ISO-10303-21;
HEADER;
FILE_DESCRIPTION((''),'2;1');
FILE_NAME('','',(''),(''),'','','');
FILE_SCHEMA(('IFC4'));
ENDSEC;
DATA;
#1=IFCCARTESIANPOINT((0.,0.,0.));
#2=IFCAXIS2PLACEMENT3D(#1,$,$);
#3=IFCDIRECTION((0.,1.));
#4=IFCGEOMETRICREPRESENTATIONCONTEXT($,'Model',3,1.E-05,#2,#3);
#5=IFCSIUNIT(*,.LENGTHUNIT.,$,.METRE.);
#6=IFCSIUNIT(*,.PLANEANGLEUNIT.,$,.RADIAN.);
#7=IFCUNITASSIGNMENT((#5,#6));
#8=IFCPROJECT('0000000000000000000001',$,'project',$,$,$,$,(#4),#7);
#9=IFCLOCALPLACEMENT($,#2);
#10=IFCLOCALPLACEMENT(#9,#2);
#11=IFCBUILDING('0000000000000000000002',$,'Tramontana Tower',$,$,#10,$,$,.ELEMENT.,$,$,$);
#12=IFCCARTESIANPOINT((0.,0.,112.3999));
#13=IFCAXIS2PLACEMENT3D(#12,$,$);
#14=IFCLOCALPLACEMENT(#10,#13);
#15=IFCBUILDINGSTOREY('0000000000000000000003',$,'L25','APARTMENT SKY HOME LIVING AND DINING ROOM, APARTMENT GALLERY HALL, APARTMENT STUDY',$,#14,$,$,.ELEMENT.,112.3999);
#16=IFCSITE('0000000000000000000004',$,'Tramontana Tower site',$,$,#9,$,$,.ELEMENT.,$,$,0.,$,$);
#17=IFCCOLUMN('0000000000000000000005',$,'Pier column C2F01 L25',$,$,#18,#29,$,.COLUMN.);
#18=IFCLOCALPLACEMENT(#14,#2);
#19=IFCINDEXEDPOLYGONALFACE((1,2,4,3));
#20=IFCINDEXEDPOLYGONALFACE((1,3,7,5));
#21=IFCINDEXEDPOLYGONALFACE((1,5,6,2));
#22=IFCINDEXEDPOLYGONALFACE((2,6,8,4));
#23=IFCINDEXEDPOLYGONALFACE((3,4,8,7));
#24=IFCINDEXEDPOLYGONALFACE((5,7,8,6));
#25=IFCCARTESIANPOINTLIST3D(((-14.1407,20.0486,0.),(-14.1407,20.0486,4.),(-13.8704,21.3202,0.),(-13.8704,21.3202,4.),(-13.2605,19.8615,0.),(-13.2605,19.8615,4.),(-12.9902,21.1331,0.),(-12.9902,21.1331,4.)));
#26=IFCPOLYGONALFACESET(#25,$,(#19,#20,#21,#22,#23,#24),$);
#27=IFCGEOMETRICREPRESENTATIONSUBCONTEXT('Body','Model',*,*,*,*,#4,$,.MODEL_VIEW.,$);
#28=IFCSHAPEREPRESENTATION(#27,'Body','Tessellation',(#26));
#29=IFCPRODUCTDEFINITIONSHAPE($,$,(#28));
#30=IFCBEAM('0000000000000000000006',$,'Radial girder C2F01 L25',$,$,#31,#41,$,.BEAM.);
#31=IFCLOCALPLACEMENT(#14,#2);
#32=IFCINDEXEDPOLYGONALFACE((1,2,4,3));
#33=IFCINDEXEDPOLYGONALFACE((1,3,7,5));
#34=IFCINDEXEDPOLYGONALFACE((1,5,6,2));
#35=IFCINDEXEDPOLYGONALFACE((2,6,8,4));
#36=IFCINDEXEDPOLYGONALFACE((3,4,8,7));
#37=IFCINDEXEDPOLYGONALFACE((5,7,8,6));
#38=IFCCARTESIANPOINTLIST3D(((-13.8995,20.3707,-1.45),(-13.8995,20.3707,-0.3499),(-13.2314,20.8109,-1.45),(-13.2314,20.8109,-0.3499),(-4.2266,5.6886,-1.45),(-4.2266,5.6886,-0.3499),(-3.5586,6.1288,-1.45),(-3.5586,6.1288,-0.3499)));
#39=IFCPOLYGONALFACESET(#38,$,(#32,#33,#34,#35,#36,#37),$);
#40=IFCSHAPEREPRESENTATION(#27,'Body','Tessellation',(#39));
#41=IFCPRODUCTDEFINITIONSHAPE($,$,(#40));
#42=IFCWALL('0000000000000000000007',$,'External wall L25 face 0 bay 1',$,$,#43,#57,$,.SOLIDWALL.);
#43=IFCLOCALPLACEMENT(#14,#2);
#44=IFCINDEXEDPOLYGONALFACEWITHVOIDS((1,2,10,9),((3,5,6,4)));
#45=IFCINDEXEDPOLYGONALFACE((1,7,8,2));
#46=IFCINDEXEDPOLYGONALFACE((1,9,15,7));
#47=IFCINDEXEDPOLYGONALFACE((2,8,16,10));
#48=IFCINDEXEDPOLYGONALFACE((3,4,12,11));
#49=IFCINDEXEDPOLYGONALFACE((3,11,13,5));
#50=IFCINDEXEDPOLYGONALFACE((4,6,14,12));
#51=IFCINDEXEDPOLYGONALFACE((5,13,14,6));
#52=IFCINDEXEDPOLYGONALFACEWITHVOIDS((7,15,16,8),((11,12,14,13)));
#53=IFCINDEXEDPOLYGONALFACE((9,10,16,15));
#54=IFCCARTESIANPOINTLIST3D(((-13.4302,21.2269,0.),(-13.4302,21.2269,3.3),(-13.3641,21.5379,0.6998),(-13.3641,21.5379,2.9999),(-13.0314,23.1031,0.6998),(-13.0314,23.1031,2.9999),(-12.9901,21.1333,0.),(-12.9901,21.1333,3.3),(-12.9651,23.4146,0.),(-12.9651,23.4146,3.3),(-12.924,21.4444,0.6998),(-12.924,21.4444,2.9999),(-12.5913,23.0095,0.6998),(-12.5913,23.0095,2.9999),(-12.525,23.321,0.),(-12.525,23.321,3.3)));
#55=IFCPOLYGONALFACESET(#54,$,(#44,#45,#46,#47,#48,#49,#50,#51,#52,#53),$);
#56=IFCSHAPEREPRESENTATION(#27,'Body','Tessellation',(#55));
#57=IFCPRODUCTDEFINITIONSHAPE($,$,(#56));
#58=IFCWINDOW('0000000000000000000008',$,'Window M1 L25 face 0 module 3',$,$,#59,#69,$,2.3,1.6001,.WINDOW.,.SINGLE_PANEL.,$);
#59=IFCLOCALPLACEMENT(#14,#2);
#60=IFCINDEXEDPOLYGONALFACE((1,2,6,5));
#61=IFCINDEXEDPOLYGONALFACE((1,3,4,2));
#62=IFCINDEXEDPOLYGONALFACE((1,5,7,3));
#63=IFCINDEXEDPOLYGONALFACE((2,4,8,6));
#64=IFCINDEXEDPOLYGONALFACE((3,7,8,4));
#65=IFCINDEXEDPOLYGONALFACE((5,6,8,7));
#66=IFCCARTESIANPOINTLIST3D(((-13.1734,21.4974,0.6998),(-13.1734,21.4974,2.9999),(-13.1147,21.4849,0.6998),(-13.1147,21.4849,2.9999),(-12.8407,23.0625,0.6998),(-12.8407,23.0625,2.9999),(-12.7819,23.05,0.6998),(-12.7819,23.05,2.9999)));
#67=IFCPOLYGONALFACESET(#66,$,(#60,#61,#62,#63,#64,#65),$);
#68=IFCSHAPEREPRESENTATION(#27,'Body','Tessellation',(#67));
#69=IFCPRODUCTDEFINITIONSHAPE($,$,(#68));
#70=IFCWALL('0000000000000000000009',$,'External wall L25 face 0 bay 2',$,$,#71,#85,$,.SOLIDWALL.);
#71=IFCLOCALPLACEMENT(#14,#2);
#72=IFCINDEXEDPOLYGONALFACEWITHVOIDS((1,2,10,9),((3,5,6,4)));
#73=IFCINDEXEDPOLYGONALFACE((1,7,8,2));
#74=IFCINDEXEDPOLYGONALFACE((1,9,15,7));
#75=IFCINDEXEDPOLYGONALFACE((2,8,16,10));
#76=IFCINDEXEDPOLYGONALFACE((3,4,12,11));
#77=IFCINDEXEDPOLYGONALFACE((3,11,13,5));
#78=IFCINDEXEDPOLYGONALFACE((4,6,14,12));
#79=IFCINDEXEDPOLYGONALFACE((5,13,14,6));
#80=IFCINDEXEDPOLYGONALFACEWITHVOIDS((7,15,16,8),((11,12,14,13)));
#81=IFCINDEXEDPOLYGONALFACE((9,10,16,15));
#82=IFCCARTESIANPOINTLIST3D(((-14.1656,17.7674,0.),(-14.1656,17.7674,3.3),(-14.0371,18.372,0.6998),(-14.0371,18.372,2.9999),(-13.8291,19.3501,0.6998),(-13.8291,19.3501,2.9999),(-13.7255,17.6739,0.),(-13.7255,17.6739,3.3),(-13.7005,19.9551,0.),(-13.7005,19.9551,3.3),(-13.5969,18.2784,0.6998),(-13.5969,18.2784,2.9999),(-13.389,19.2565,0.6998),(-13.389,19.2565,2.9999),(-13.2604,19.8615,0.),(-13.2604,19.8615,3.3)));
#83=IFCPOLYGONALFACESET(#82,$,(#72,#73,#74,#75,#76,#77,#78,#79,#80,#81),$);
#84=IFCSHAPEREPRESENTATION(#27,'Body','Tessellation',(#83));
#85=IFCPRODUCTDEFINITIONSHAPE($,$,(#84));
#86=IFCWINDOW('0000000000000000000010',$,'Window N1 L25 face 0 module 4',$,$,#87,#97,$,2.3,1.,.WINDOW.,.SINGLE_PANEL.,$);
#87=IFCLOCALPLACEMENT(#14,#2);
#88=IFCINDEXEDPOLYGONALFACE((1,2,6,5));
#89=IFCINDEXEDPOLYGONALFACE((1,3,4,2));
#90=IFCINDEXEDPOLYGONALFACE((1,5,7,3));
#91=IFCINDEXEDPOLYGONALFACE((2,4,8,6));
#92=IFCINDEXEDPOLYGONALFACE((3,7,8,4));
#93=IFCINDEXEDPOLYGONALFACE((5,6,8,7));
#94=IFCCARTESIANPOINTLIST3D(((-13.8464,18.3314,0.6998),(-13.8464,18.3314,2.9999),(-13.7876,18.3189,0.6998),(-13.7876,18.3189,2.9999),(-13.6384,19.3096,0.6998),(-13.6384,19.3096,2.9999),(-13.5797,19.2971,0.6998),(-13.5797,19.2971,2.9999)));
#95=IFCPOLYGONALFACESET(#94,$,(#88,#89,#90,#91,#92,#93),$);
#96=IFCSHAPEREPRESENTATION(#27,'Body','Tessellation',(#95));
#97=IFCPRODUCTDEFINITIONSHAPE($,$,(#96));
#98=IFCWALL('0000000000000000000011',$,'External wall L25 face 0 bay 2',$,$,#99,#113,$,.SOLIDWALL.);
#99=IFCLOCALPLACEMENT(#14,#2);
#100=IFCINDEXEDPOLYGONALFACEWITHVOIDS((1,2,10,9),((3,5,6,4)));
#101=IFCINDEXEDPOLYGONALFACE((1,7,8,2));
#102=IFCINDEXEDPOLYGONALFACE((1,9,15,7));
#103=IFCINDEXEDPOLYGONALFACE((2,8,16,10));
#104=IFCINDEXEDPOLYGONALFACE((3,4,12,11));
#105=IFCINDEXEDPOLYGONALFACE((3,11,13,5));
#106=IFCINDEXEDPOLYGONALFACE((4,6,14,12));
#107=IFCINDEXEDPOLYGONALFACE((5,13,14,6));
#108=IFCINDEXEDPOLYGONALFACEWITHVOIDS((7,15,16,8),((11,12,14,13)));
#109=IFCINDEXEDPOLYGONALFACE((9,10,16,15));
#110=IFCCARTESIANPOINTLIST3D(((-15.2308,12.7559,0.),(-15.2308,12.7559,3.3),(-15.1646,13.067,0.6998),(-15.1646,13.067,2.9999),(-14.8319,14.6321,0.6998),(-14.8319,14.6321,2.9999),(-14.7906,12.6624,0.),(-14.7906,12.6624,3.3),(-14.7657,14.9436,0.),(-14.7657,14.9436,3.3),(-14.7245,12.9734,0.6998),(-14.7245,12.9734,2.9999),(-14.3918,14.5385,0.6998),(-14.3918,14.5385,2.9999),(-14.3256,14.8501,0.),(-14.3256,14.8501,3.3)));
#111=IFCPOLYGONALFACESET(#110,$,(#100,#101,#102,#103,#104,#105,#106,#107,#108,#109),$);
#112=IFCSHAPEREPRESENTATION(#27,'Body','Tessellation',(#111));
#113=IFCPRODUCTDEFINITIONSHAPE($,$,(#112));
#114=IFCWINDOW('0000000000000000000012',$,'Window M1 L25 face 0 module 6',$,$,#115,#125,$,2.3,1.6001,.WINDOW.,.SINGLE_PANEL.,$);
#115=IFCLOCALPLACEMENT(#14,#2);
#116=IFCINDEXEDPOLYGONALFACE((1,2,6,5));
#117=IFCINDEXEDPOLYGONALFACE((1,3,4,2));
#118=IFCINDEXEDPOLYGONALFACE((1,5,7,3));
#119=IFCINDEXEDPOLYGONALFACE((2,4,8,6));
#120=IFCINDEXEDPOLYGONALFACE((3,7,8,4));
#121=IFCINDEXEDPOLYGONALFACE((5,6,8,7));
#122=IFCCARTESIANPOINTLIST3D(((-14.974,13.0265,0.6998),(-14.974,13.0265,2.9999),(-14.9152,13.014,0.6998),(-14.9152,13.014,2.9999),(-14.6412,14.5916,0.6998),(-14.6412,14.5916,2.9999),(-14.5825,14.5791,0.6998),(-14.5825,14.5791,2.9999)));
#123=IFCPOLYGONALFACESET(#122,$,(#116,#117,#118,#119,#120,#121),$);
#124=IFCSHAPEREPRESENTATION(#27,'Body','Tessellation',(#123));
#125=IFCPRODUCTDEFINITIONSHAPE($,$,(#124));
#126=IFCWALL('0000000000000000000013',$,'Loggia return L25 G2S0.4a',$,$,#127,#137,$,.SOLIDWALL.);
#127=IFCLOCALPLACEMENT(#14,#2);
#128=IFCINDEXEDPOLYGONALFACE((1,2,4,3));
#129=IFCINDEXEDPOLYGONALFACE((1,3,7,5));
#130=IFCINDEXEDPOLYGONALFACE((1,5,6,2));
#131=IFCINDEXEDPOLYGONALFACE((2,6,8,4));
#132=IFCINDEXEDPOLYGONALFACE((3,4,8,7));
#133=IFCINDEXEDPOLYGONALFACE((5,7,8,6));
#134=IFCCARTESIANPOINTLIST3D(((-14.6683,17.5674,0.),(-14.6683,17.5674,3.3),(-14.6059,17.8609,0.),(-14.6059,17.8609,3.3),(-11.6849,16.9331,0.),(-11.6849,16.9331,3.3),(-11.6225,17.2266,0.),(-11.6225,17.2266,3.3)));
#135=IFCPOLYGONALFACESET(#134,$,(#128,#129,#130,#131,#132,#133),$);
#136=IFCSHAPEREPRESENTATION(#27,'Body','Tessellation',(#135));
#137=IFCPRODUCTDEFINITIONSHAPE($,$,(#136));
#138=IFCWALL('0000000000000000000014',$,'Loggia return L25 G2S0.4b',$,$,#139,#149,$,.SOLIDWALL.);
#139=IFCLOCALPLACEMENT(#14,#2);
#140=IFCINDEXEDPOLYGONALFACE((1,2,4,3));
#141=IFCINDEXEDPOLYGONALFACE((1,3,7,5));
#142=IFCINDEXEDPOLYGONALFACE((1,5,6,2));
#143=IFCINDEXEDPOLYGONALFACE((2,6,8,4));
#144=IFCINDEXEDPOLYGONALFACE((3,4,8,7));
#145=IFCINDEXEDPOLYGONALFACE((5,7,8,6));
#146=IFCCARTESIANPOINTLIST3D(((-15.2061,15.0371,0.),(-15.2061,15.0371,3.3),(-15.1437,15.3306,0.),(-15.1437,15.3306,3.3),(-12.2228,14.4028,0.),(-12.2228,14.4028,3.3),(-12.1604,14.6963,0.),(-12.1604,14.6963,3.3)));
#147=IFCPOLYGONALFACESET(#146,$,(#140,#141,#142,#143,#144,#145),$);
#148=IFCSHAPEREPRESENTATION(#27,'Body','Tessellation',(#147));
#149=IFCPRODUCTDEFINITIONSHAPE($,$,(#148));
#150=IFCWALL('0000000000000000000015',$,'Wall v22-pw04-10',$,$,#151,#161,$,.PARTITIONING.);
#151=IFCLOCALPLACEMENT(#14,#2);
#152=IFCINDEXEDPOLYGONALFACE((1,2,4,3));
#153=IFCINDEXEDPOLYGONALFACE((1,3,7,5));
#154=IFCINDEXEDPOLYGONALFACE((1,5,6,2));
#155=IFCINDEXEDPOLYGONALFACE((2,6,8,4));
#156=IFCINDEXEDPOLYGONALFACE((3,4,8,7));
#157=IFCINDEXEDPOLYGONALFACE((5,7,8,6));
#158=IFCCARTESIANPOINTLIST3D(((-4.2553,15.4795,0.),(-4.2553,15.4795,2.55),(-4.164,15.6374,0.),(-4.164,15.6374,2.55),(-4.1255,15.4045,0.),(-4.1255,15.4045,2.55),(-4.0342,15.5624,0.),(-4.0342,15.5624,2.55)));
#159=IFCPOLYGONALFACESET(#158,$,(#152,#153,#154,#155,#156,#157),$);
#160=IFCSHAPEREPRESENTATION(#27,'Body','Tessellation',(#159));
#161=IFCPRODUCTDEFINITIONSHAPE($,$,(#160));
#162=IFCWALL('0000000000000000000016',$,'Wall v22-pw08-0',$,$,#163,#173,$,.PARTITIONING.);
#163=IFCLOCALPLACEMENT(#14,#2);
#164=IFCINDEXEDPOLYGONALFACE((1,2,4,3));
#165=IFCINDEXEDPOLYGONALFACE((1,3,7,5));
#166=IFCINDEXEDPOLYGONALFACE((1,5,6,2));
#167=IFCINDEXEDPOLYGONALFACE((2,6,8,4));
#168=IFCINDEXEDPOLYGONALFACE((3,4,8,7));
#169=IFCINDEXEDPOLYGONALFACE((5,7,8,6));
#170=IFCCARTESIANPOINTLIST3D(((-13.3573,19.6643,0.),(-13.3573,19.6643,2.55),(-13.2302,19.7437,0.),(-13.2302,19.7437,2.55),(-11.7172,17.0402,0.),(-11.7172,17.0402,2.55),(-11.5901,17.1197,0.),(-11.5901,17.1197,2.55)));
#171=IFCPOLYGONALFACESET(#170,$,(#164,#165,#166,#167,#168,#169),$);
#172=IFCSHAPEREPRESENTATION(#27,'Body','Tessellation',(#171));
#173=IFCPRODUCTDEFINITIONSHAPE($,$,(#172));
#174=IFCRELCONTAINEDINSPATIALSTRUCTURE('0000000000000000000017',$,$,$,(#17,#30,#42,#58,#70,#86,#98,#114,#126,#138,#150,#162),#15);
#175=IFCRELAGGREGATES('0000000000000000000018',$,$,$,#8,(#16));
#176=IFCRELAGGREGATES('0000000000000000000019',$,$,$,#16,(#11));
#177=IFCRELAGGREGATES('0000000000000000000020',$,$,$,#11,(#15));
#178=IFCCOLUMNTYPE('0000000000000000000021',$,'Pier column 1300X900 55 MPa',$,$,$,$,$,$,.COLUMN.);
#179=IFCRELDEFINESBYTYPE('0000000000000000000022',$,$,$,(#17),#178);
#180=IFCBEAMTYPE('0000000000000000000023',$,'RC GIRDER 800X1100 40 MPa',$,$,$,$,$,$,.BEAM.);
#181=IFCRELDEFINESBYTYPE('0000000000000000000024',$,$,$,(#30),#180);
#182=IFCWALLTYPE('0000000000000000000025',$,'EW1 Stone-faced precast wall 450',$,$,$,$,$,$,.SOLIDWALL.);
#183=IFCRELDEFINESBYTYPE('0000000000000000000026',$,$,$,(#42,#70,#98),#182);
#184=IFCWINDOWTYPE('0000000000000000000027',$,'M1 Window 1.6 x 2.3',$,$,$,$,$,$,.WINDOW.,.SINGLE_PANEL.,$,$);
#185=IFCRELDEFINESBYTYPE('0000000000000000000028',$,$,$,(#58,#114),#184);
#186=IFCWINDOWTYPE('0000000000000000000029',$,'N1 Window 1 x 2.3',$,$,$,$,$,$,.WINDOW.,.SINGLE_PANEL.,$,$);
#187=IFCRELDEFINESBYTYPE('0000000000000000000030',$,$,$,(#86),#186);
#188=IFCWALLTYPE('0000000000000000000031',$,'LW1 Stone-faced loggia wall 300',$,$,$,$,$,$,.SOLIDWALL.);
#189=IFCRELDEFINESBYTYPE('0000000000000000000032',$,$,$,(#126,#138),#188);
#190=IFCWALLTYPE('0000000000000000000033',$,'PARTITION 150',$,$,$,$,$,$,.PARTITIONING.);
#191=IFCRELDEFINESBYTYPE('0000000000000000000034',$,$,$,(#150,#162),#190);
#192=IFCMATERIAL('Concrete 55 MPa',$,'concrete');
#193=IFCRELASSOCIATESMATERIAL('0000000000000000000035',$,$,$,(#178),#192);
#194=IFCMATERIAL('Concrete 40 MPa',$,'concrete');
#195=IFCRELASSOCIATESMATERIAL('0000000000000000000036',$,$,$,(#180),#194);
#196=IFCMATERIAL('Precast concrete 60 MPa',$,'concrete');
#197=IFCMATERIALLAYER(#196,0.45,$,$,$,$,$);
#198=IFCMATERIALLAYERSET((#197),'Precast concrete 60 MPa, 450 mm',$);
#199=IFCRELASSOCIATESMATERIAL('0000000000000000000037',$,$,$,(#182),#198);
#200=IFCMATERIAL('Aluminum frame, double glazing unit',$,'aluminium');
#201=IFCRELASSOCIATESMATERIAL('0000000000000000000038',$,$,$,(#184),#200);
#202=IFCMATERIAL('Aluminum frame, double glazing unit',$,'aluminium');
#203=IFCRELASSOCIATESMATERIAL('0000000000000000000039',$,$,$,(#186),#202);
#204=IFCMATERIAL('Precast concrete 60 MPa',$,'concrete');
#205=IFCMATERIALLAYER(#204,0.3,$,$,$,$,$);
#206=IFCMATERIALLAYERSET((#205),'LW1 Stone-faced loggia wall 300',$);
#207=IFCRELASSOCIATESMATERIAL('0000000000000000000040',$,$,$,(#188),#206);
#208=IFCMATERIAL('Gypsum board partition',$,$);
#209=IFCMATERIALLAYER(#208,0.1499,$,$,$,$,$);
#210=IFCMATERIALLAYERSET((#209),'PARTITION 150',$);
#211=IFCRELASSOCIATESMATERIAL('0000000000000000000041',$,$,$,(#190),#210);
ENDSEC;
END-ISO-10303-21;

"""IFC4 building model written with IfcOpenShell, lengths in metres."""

from ifc_helpers import new_model, si_unit, direction, frame, frame_2d, origin, origin_2d, place, context, subcontext, project, spatial, rectangle, extrude, material, layer, layer_set, material_profile, profile_set, type_object, element, fill, save


model = new_model("IFC4")

# Units and contexts
model_context = context("Model", 3, precision=1e-05, world=origin(), true_north=direction((0.0, 1.0)))
body_context = subcontext(model_context, "Body", "Model", "MODEL_VIEW")
ifc_project = project(units=[si_unit("LENGTHUNIT", "METRE"), si_unit("PLANEANGLEUNIT", "RADIAN")], contexts=[model_context])

# Site, building, storey
site_placement = place(None, origin())
site = spatial("IfcSite", under=ifc_project, at=site_placement, Name="Tramontana Tower site", CompositionType="ELEMENT", RefElevation=0.0)
building_placement = place(site_placement, origin())
building = spatial("IfcBuilding", under=site, at=building_placement, Name="Tramontana Tower", CompositionType="ELEMENT")
storey_placement = place(building_placement, frame((0.0, 0.0, 112.3999)))
storey = spatial("IfcBuildingStorey", under=building, at=storey_placement, Name="L25", Description="APARTMENT SKY HOME LIVING AND DINING ROOM, APARTMENT GALLERY HALL, APARTMENT STUDY", CompositionType="ELEMENT", Elevation=112.3999)

# Column
ifc_material_1 = material(Name="Concrete 55 MPa", Category="concrete")
ifc_material_profile_1 = material_profile(ifc_material_1, rectangle(XDim=1.3, YDim=0.8999, at=origin_2d()), Name="Pier column 1300X900 55 MPa")
ifc_profile_set_1 = profile_set([ifc_material_profile_1], Name="Concrete 55 MPa")
column_type = type_object("IfcColumnType", Name="Pier column 1300X900 55 MPa", PredefinedType="COLUMN", material=ifc_profile_set_1)
column_placement = place(storey_placement, frame((-13.5654, 20.5908, 0.0), z_axis=(0.0, 0.0, 1.0), x_axis=(-0.207912, -0.978148, 0.0)))
element("IfcColumn", 1, at=column_placement, inside=storey, type_object=column_type, Name="Pier column C2F01 L25", PredefinedType="COLUMN", context=body_context, shape_type="SweptSolid", body=[
    extrude(rectangle(XDim=1.3, YDim=0.8999, at=origin_2d()), origin(), (0.0, 0.0, 1.0), 4.0),
])

# Beam
ifc_material_2 = material(Name="Concrete 40 MPa", Category="concrete")
ifc_material_profile_2 = material_profile(ifc_material_2, rectangle(XDim=0.8, YDim=1.1001, at=origin_2d()), Name="RC GIRDER 800X1100 40 MPa")
ifc_profile_set_2 = profile_set([ifc_material_profile_2], Name="Concrete 40 MPa")
beam_type = type_object("IfcBeamType", Name="RC GIRDER 800X1100 40 MPa", PredefinedType="BEAM", material=ifc_profile_set_2)
beam_placement = place(storey_placement, frame((-13.5654, 20.5908, -0.8999), z_axis=(0.550155, -0.835063, 0.0), x_axis=(0.835063, 0.550155, 0.0)))
element("IfcBeam", 2, at=beam_placement, inside=storey, type_object=beam_type, Name="Radial girder C2F01 L25", PredefinedType="BEAM", context=body_context, shape_type="SweptSolid", body=[
    extrude(rectangle(XDim=0.8, YDim=1.1001, at=origin_2d()), origin(), (0.0, 0.0, 1.0), 17.582),
])

# Walls, openings, windows
ifc_material_3 = material(Name="Precast concrete 60 MPa", Category="concrete")
ifc_layer_1 = layer(ifc_material_3, 0.45)
ifc_layer_set_1 = layer_set([ifc_layer_1], Name="Precast concrete 60 MPa, 450 mm")
wall_type_1 = type_object("IfcWallType", Name="EW1 Stone-faced precast wall 450", PredefinedType="SOLIDWALL", material=ifc_layer_set_1)
wall_1_placement = place(storey_placement, frame((-12.7451, 23.3677, 0.0), z_axis=(0.0, 0.0, 1.0), x_axis=(-0.207941, -0.978141, 0.0)))
wall_1 = element("IfcWall", 3, at=wall_1_placement, inside=storey, type_object=wall_type_1, Name="External wall L25 face 0 bay 1", PredefinedType="SOLIDWALL", context=body_context, shape_type="SweptSolid", body=[
    extrude(rectangle(XDim=2.2366, YDim=0.45, at=frame_2d((1.1182, 0.0))), origin(), (0.0, 0.0, 1.0), 3.3),
])
opening_1_placement = place(wall_1_placement, frame((0.3184, 0.0, 0.7)))
opening_1 = element("IfcOpeningElement", 4, at=opening_1_placement, cuts=wall_1, PredefinedType="OPENING", context=body_context, shape_type="SweptSolid", body=[
    extrude(rectangle(XDim=1.6001, YDim=2.3, at=frame_2d((0.8, 1.1499))), frame((0.0, 0.2349, 0.0), z_axis=(0.0, -1.0, 0.0), x_axis=(1.0, 0.0, 0.0)), (0.0, 0.0, 1.0), 0.47),
])
ifc_material_4 = material(Name="Aluminum frame, double glazing unit", Category="aluminium")
window_type_1 = type_object("IfcWindowType", Name="M1 Window 1.6 x 2.3", PartitioningType="SINGLE_PANEL", PredefinedType="WINDOW", material=ifc_material_4)
window_1_placement = place(opening_1_placement, origin())
window_1 = element("IfcWindow", 5, at=window_1_placement, inside=storey, type_object=window_type_1, Name="Window M1 L25 face 0 module 3", OverallHeight=2.3, OverallWidth=1.6001, PartitioningType="SINGLE_PANEL", PredefinedType="WINDOW", context=body_context, shape_type="SweptSolid", body=[
    extrude(rectangle(XDim=1.6001, YDim=2.3, at=frame_2d((0.8, 1.1499))), frame((0.0, 0.03, 0.0), z_axis=(0.0, -1.0, 0.0), x_axis=(1.0, 0.0, 0.0)), (0.0, 0.0, 1.0), 0.0601),
])
fill(opening_1, window_1)
wall_2_placement = place(storey_placement, frame((-13.4805, 19.9082, 0.0), z_axis=(0.0, 0.0, 1.0), x_axis=(-0.207941, -0.978141, 0.0)))
wall_2 = element("IfcWall", 6, at=wall_2_placement, inside=storey, type_object=wall_type_1, Name="External wall L25 face 0 bay 2", PredefinedType="SOLIDWALL", context=body_context, shape_type="SweptSolid", body=[
    extrude(rectangle(XDim=2.2366, YDim=0.45, at=frame_2d((1.1182, 0.0))), origin(), (0.0, 0.0, 1.0), 3.3),
])
opening_2_placement = place(wall_2_placement, frame((0.6184, 0.0, 0.7)))
opening_2 = element("IfcOpeningElement", 7, at=opening_2_placement, cuts=wall_2, PredefinedType="OPENING", context=body_context, shape_type="SweptSolid", body=[
    extrude(rectangle(XDim=1.0, YDim=2.3, at=frame_2d((0.5, 1.1499))), frame((0.0, 0.2349, 0.0), z_axis=(0.0, -1.0, 0.0), x_axis=(1.0, 0.0, 0.0)), (0.0, 0.0, 1.0), 0.47),
])
ifc_material_5 = material(Name="Aluminum frame, double glazing unit", Category="aluminium")
window_type_2 = type_object("IfcWindowType", Name="N1 Window 1 x 2.3", PartitioningType="SINGLE_PANEL", PredefinedType="WINDOW", material=ifc_material_5)
window_2_placement = place(opening_2_placement, origin())
window_2 = element("IfcWindow", 8, at=window_2_placement, inside=storey, type_object=window_type_2, Name="Window N1 L25 face 0 module 4", OverallHeight=2.3, OverallWidth=1.0, PartitioningType="SINGLE_PANEL", PredefinedType="WINDOW", context=body_context, shape_type="SweptSolid", body=[
    extrude(rectangle(XDim=1.0, YDim=2.3, at=frame_2d((0.5, 1.1499))), frame((0.0, 0.03, 0.0), z_axis=(0.0, -1.0, 0.0), x_axis=(1.0, 0.0, 0.0)), (0.0, 0.0, 1.0), 0.0601),
])
fill(opening_2, window_2)
wall_3_placement = place(storey_placement, frame((-14.5457, 14.8967, 0.0), z_axis=(0.0, 0.0, 1.0), x_axis=(-0.207941, -0.978141, 0.0)))
wall_3 = element("IfcWall", 9, at=wall_3_placement, inside=storey, type_object=wall_type_1, Name="External wall L25 face 0 bay 2", PredefinedType="SOLIDWALL", context=body_context, shape_type="SweptSolid", body=[
    extrude(rectangle(XDim=2.2366, YDim=0.45, at=frame_2d((1.1182, 0.0))), origin(), (0.0, 0.0, 1.0), 3.3),
])
opening_3_placement = place(wall_3_placement, frame((0.3184, 0.0, 0.7)))
opening_3 = element("IfcOpeningElement", 10, at=opening_3_placement, cuts=wall_3, PredefinedType="OPENING", context=body_context, shape_type="SweptSolid", body=[
    extrude(rectangle(XDim=1.6001, YDim=2.3, at=frame_2d((0.8, 1.1499))), frame((0.0, 0.2349, 0.0), z_axis=(0.0, -1.0, 0.0), x_axis=(1.0, 0.0, 0.0)), (0.0, 0.0, 1.0), 0.47),
])
window_3_placement = place(opening_3_placement, origin())
window_3 = element("IfcWindow", 11, at=window_3_placement, inside=storey, type_object=window_type_1, Name="Window M1 L25 face 0 module 6", OverallHeight=2.3, OverallWidth=1.6001, PartitioningType="SINGLE_PANEL", PredefinedType="WINDOW", context=body_context, shape_type="SweptSolid", body=[
    extrude(rectangle(XDim=1.6001, YDim=2.3, at=frame_2d((0.8, 1.1499))), frame((0.0, 0.03, 0.0), z_axis=(0.0, -1.0, 0.0), x_axis=(1.0, 0.0, 0.0)), (0.0, 0.0, 1.0), 0.0601),
])
fill(opening_3, window_3)

# Shared definitions
ifc_material_6 = material(Name="Precast concrete 60 MPa", Category="concrete")
ifc_layer_2 = layer(ifc_material_6, 0.3)
ifc_layer_set_2 = layer_set([ifc_layer_2], Name="LW1 Stone-faced loggia wall 300")
wall_type_2 = type_object("IfcWallType", Name="LW1 Stone-faced loggia wall 300", PredefinedType="SOLIDWALL", material=ifc_layer_set_2)

# Walls
for number, where, z_axis, x_axis, name in (
    (12, (-14.637, 17.7141, 0.0), (0.0, 0.0, 1.0), (0.978139, -0.207954, 0.0), "Loggia return L25 G2S0.4a"),
    (13, (-15.1748, 15.1838, 0.0), (0.0, 0.0, 1.0), (0.978139, -0.207954, 0.0), "Loggia return L25 G2S0.4b"),
):
    element("IfcWall", number, at=place(storey_placement, frame(where, z_axis=z_axis, x_axis=x_axis)), inside=storey, type_object=wall_type_2, Name=name, PredefinedType="SOLIDWALL", context=body_context, shape_type="SweptSolid", body=[
        extrude(rectangle(XDim=3.05, YDim=0.3, at=frame_2d((1.5249, 0.0))), origin(), (0.0, 0.0, 1.0), 3.3),
    ])
ifc_material_7 = material(Name="Gypsum board partition")
ifc_layer_3 = layer(ifc_material_7, 0.1499)
ifc_layer_set_3 = layer_set([ifc_layer_3], Name="PARTITION 150")
wall_type_3 = type_object("IfcWallType", Name="PARTITION 150", PredefinedType="PARTITIONING", material=ifc_layer_set_3)
wall_4_placement = place(storey_placement, frame((-4.1904, 15.4419, 0.0), z_axis=(0.0, 0.0, 1.0), x_axis=(0.500456, 0.865762, 0.0)))
element("IfcWall", 14, at=wall_4_placement, inside=storey, type_object=wall_type_3, Name="Wall v22-pw04-10", PredefinedType="PARTITIONING", context=body_context, shape_type="SweptSolid", body=[
    extrude(rectangle(XDim=0.1824, YDim=0.1499, at=frame_2d((0.0913, 0.0))), origin(), (0.0, 0.0, 1.0), 2.55),
])
wall_5_placement = place(storey_placement, frame((-11.6536, 17.0798, 0.0), z_axis=(0.0, 0.0, 1.0), x_axis=(-0.530027, 0.847981, 0.0)))
element("IfcWall", 15, at=wall_5_placement, inside=storey, type_object=wall_type_3, Name="Wall v22-pw08-0", PredefinedType="PARTITIONING", context=body_context, shape_type="SweptSolid", body=[
    extrude(rectangle(XDim=3.0945, YDim=0.1499, at=frame_2d((1.5474, 0.0))), origin(), (0.0, 0.0, 1.0), 2.55),
])

save(model, "model.ifc")
